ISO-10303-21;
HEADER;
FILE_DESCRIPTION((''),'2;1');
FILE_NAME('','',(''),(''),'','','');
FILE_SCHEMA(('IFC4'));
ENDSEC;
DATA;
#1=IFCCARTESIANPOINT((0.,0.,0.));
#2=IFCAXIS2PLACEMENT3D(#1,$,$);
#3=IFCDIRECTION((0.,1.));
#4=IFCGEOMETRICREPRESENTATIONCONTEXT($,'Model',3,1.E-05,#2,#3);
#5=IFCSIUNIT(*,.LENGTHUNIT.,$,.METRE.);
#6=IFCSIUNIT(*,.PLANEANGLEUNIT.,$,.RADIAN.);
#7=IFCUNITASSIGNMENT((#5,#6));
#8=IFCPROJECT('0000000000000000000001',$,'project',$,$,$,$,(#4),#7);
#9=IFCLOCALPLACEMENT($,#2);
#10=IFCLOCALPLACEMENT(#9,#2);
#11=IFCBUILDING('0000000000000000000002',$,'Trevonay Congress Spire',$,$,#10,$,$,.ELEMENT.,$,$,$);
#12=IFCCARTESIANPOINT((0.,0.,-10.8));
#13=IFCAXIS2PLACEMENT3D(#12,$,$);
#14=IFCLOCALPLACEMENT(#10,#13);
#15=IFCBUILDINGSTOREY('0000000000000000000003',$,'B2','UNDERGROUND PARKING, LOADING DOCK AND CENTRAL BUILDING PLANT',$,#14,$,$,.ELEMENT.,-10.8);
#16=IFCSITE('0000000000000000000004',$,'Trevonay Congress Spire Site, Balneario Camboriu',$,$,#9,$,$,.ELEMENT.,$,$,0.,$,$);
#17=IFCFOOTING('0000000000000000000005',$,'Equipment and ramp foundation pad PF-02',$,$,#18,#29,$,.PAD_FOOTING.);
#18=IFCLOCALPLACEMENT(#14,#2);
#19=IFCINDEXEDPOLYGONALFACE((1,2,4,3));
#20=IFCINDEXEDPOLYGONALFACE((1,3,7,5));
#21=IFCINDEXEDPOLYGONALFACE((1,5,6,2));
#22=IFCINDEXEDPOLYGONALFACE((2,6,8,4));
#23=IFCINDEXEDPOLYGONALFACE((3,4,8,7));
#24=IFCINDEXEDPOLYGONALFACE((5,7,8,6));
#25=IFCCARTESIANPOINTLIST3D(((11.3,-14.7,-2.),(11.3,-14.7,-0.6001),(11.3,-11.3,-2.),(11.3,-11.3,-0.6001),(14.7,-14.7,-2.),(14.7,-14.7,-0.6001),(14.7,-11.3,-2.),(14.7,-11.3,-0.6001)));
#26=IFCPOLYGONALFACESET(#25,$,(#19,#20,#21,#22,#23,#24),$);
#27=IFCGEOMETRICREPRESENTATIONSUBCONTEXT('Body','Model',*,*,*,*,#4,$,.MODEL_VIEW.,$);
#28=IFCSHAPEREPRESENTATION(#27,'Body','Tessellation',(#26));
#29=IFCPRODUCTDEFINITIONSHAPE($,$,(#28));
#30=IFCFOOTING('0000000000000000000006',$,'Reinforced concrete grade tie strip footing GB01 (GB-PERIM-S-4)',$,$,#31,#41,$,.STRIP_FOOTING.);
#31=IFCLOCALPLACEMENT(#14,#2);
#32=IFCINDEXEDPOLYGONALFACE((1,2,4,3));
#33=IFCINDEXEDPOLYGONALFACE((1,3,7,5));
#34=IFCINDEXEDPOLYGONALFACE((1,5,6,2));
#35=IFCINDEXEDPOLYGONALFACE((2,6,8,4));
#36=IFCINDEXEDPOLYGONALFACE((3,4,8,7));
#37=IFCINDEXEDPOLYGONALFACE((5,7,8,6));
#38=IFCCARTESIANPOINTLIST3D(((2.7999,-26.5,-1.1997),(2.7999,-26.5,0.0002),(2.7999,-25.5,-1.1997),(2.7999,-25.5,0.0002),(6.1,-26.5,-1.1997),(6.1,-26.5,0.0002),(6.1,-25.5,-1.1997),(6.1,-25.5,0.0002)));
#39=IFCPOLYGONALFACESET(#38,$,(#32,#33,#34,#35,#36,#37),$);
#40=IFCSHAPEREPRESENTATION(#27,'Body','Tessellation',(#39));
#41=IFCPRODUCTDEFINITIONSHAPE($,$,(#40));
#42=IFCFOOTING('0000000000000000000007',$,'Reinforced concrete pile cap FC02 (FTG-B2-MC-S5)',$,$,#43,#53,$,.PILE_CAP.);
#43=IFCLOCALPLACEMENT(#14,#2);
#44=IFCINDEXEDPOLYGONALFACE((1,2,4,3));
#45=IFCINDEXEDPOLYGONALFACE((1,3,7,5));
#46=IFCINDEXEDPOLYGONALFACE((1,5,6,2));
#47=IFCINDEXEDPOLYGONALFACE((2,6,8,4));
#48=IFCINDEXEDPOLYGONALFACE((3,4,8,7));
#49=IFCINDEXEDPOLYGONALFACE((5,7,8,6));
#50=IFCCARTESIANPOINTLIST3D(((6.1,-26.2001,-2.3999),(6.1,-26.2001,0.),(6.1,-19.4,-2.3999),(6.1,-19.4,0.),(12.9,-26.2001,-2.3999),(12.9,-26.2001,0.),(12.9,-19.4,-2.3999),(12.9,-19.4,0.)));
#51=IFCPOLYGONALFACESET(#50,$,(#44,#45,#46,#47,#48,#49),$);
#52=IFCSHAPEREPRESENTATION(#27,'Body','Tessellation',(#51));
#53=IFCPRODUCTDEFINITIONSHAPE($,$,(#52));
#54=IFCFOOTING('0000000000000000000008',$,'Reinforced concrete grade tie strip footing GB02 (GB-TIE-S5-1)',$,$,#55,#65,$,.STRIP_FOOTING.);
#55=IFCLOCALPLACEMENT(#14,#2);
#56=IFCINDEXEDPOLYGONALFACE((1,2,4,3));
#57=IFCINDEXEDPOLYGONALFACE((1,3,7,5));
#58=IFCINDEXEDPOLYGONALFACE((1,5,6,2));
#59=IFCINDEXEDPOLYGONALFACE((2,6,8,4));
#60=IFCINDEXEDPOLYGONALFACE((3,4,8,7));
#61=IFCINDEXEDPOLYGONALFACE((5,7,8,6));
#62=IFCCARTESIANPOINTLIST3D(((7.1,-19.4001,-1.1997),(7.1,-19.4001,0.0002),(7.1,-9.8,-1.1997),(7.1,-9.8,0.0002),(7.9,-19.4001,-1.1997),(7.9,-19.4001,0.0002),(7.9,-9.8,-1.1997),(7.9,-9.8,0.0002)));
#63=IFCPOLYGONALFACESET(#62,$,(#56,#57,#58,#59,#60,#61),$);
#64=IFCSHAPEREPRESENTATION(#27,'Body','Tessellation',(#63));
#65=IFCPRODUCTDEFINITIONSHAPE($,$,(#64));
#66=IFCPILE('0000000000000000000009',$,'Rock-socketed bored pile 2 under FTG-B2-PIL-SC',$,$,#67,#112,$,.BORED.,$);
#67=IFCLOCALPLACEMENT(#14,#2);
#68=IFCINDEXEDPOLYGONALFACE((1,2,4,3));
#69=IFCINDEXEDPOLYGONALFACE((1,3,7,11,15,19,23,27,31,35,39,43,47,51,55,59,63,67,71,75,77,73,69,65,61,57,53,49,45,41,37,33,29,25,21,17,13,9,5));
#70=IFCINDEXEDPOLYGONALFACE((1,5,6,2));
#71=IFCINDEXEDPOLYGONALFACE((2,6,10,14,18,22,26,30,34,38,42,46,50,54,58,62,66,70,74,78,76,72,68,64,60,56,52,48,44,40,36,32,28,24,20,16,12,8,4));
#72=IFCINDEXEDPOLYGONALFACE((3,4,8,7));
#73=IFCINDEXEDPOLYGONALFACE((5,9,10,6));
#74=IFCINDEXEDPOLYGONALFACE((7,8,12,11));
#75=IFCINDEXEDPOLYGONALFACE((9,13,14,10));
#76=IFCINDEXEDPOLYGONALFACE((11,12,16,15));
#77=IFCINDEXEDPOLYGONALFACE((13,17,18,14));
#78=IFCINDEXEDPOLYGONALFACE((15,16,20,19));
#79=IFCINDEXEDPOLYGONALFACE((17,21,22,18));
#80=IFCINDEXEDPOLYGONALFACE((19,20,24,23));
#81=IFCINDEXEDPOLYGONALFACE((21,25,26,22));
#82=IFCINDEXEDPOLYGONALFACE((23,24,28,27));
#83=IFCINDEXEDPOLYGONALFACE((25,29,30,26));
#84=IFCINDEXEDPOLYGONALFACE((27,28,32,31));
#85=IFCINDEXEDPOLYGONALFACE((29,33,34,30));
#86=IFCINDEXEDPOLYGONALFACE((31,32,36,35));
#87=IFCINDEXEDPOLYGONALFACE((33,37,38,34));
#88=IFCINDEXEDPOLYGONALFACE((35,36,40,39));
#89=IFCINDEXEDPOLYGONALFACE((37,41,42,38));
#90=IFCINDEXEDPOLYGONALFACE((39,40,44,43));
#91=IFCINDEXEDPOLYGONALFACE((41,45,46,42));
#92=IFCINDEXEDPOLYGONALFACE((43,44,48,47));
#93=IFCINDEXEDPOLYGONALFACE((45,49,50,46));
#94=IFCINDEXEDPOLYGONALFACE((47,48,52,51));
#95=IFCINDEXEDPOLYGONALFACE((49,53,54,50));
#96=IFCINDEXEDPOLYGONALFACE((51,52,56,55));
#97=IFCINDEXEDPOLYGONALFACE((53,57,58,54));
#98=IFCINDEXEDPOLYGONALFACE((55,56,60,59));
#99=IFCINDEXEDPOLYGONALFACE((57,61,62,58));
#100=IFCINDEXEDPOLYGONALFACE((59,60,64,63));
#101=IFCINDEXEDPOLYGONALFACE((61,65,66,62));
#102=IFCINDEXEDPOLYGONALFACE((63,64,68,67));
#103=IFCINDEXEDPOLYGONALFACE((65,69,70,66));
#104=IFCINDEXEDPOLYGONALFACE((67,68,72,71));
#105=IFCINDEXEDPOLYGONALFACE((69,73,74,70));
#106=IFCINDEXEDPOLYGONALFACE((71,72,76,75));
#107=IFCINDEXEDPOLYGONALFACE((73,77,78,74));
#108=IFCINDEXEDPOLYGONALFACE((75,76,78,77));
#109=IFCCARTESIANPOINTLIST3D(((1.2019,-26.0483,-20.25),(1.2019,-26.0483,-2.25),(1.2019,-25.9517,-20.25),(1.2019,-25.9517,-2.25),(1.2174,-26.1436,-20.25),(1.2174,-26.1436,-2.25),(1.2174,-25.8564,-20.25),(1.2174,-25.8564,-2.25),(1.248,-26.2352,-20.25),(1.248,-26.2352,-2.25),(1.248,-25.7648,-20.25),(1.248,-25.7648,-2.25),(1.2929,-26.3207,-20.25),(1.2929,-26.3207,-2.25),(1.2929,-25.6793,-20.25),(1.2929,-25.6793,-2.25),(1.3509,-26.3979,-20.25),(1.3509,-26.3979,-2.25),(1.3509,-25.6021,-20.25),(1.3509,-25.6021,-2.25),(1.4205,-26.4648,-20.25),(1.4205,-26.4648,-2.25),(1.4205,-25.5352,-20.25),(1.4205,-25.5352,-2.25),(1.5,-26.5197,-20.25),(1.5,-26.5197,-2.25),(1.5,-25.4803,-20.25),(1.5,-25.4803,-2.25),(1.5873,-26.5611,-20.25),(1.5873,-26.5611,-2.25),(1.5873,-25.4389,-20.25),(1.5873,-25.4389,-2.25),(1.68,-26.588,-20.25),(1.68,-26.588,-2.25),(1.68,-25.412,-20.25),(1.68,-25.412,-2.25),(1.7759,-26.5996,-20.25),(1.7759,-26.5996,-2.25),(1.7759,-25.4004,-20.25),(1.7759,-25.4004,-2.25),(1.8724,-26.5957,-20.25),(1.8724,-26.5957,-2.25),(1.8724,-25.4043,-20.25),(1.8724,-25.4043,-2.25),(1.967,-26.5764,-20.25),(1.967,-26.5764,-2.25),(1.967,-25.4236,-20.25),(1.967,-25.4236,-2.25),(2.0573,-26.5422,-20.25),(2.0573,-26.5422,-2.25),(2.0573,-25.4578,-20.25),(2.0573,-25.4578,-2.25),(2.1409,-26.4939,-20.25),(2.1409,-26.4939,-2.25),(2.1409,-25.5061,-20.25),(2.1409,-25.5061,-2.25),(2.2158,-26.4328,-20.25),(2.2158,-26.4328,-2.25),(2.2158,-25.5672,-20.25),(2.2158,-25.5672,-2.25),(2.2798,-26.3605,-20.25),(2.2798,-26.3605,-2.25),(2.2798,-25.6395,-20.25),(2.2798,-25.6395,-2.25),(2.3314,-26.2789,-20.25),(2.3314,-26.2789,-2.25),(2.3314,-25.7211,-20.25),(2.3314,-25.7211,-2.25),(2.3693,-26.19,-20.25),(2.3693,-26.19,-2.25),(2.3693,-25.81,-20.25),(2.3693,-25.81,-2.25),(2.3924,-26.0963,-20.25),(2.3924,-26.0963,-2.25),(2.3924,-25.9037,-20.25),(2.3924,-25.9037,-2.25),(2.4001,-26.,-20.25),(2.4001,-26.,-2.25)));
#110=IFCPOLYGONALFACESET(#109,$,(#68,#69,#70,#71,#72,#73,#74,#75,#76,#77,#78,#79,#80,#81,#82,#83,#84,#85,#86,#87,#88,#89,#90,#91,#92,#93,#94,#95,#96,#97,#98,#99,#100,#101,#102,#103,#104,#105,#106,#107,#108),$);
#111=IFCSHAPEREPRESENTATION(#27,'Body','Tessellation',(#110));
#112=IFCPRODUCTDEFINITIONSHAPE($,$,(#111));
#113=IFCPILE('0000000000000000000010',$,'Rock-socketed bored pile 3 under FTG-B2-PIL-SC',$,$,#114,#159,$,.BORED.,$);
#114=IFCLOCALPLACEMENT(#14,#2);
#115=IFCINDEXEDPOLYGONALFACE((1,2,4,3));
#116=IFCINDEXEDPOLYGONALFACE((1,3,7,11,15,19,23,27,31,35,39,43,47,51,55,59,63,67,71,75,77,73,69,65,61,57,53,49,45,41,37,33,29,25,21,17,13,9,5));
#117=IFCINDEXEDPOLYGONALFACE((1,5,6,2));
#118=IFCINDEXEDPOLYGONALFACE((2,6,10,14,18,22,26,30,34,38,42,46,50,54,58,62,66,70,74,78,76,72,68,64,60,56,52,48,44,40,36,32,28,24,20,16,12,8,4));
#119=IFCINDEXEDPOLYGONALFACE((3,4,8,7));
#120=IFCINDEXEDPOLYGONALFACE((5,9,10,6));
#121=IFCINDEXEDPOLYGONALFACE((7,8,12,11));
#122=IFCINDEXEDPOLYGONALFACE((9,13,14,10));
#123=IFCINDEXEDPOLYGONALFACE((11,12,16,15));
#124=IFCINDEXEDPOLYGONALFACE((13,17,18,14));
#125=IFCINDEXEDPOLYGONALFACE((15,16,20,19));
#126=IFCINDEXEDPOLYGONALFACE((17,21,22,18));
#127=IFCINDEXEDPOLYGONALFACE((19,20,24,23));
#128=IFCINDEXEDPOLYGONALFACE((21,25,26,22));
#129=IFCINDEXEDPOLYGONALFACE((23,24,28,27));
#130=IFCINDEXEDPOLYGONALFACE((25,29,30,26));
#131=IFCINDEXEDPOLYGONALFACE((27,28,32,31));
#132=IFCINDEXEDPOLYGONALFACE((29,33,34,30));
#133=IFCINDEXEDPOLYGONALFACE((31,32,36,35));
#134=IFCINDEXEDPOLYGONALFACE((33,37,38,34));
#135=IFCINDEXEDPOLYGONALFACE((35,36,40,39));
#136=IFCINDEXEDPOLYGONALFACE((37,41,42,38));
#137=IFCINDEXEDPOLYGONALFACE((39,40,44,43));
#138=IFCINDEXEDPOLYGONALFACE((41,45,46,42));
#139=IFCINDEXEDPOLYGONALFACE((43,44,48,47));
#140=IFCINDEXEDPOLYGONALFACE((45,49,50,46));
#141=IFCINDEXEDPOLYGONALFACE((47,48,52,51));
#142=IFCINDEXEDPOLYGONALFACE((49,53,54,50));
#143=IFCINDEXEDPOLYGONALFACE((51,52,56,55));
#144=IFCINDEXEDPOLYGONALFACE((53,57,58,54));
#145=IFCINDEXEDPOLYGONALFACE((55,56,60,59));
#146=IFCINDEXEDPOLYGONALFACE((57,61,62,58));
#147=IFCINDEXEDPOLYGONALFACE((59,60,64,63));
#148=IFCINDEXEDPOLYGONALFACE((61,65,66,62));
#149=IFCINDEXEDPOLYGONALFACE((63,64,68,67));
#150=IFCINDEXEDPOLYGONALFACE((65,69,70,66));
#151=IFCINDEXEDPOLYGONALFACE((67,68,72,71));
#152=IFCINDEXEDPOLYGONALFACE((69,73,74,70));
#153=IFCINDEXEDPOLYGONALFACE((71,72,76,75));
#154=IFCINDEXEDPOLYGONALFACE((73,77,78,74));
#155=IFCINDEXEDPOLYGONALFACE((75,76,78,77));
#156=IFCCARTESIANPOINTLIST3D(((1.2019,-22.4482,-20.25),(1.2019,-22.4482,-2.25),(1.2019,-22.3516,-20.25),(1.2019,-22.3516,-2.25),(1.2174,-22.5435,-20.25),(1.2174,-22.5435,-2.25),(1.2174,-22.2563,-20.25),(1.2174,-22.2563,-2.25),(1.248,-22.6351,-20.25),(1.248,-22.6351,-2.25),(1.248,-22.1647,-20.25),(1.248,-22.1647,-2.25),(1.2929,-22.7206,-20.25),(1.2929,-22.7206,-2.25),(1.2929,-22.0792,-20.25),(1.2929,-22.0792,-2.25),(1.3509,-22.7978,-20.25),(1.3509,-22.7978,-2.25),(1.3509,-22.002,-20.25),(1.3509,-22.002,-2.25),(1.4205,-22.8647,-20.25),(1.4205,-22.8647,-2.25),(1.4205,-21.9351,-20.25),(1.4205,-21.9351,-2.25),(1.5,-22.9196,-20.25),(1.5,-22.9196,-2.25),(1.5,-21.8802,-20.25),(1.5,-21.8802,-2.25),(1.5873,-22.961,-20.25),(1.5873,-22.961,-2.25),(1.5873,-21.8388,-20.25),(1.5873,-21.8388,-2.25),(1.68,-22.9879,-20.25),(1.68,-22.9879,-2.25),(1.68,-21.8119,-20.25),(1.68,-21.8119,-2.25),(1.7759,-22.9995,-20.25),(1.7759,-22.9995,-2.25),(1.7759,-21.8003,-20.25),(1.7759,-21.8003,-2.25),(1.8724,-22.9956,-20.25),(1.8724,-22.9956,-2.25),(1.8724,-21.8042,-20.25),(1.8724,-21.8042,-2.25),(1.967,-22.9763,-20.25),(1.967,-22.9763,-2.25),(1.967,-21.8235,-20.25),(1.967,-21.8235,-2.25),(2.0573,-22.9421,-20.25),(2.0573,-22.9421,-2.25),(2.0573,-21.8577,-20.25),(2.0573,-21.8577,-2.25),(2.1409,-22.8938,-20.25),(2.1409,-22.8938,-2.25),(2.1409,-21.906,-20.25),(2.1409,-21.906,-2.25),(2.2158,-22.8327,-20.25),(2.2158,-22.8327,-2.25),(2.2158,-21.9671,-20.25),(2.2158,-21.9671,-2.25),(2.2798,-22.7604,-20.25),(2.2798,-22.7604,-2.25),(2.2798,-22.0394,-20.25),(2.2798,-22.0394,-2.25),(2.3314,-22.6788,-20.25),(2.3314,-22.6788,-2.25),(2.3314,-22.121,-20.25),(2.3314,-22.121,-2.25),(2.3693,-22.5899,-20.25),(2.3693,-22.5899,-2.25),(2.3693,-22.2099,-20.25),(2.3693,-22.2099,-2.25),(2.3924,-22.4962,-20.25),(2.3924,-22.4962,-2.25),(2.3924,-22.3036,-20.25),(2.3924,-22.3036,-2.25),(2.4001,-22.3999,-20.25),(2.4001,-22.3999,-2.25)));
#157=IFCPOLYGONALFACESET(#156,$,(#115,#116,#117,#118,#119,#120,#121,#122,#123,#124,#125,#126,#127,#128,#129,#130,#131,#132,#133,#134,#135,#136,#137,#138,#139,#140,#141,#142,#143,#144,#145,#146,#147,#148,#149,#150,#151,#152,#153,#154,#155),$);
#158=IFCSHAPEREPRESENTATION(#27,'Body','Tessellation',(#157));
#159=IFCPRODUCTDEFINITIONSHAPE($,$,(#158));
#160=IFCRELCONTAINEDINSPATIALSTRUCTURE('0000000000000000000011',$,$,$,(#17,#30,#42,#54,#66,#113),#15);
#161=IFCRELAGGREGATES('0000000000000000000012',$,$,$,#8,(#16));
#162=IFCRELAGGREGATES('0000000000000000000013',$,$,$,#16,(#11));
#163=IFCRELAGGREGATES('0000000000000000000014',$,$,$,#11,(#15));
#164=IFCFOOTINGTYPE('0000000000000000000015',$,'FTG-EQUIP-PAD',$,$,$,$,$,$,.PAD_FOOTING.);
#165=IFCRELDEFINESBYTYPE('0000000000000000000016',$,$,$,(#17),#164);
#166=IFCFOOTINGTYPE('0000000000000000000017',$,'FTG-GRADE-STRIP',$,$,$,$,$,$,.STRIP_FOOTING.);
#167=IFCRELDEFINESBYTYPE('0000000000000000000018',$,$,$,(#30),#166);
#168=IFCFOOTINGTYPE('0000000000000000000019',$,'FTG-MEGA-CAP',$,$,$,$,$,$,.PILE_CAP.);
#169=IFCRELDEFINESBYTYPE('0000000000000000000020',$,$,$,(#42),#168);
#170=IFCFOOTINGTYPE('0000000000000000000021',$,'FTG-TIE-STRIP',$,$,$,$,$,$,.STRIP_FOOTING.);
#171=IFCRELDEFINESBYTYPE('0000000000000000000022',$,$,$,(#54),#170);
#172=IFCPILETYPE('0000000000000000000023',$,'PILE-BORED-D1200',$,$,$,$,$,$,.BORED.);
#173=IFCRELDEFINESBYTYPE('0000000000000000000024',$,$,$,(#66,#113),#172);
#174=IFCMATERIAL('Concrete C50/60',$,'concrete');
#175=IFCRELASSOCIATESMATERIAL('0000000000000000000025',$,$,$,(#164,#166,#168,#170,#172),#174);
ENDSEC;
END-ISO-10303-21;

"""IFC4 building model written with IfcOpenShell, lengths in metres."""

from ifc_helpers import new_model, si_unit, direction, frame, origin, origin_2d, place, context, subcontext, project, spatial, rectangle, circle, extrude, material, material_profile, profile_set, type_object, element, save


model = new_model("IFC4")

# Units and contexts
model_context = context("Model", 3, precision=1e-05, world=origin(), true_north=direction((0.0, 1.0)))
body_context = subcontext(model_context, "Body", "Model", "MODEL_VIEW")
ifc_project = project(units=[si_unit("LENGTHUNIT", "METRE"), si_unit("PLANEANGLEUNIT", "RADIAN")], contexts=[model_context])

# Site, building, storey
site_placement = place(None, origin())
site = spatial("IfcSite", under=ifc_project, at=site_placement, Name="Trevonay Congress Spire Site, Balneario Camboriu", CompositionType="ELEMENT", RefElevation=0.0)
building_placement = place(site_placement, origin())
building = spatial("IfcBuilding", under=site, at=building_placement, Name="Trevonay Congress Spire", CompositionType="ELEMENT")
storey_placement = place(building_placement, frame((0.0, 0.0, -10.8)))
storey = spatial("IfcBuildingStorey", under=building, at=storey_placement, Name="B2", Description="UNDERGROUND PARKING, LOADING DOCK AND CENTRAL BUILDING PLANT", CompositionType="ELEMENT", Elevation=-10.8)

# Footings
ifc_material_1 = material(Name="Concrete C50/60", Category="concrete")
footing_type_1 = type_object("IfcFootingType", Name="FTG-EQUIP-PAD", PredefinedType="PAD_FOOTING", material=ifc_material_1)
footing_1_placement = place(storey_placement, frame((13.0, -13.0, -2.0), z_axis=(0.0, 0.0, 1.0), x_axis=(1.0, 0.0, 0.0)))
element("IfcFooting", 1, at=footing_1_placement, inside=storey, type_object=footing_type_1, Name="Equipment and ramp foundation pad PF-02", PredefinedType="PAD_FOOTING", context=body_context, shape_type="SweptSolid", body=[
    extrude(rectangle(XDim=3.3999, YDim=3.3999, at=origin_2d()), origin(), (0.0, 0.0, 1.0), 1.3999),
])
footing_type_2 = type_object("IfcFootingType", Name="FTG-GRADE-STRIP", PredefinedType="STRIP_FOOTING", material=ifc_material_1)
footing_2_placement = place(storey_placement, frame((4.45, -26.0, -1.1997), z_axis=(0.0, 0.0, 1.0), x_axis=(1.0, 0.0, 0.0)))
element("IfcFooting", 2, at=footing_2_placement, inside=storey, type_object=footing_type_2, Name="Reinforced concrete grade tie strip footing GB01 (GB-PERIM-S-4)", PredefinedType="STRIP_FOOTING", context=body_context, shape_type="SweptSolid", body=[
    extrude(rectangle(XDim=3.3, YDim=1.0, at=origin_2d()), origin(), (0.0, 0.0, 1.0), 1.2),
])
footing_type_3 = type_object("IfcFootingType", Name="FTG-MEGA-CAP", PredefinedType="PILE_CAP", material=ifc_material_1)
footing_3_placement = place(storey_placement, frame((9.5, -22.8, -2.3999), z_axis=(0.0, 0.0, 1.0), x_axis=(1.0, 0.0, 0.0)))
element("IfcFooting", 3, at=footing_3_placement, inside=storey, type_object=footing_type_3, Name="Reinforced concrete pile cap FC02 (FTG-B2-MC-S5)", PredefinedType="PILE_CAP", context=body_context, shape_type="SweptSolid", body=[
    extrude(rectangle(XDim=6.8, YDim=6.8, at=origin_2d()), origin(), (0.0, 0.0, 1.0), 2.3999),
])
footing_type_4 = type_object("IfcFootingType", Name="FTG-TIE-STRIP", PredefinedType="STRIP_FOOTING", material=ifc_material_1)
footing_4_placement = place(storey_placement, frame((7.5, -14.6001, -1.1997), z_axis=(0.0, 0.0, 1.0), x_axis=(0.0, 1.0, 0.0)))
element("IfcFooting", 4, at=footing_4_placement, inside=storey, type_object=footing_type_4, Name="Reinforced concrete grade tie strip footing GB02 (GB-TIE-S5-1)", PredefinedType="STRIP_FOOTING", context=body_context, shape_type="SweptSolid", body=[
    extrude(rectangle(XDim=9.6001, YDim=0.8, at=origin_2d()), origin(), (0.0, 0.0, 1.0), 1.2),
])

# Piles
ifc_material_profile_1 = material_profile(ifc_material_1, circle(Radius=0.6001, at=origin_2d()), Name="PILE D1200")
ifc_profile_set_1 = profile_set([ifc_material_profile_1], Name="Concrete C50/60")
pile_type_1 = type_object("IfcPileType", Name="PILE-BORED-D1200", PredefinedType="BORED", material=ifc_profile_set_1)
for number, where, z_axis, x_axis, name in (
    (5, (1.8, -26.0, -2.25), (0.0, 0.0, -1.0), (1.0, 0.0, 0.0), "Rock-socketed bored pile 2 under FTG-B2-PIL-SC"),
    (6, (1.8, -22.3999, -2.25), (0.0, 0.0, -1.0), (1.0, 0.0, 0.0), "Rock-socketed bored pile 3 under FTG-B2-PIL-SC"),
):
    element("IfcPile", number, at=place(storey_placement, frame(where, z_axis=z_axis, x_axis=x_axis)), inside=storey, type_object=pile_type_1, Name=name, PredefinedType="BORED", context=body_context, shape_type="SweptSolid", body=[
        extrude(circle(Radius=0.6001, at=origin_2d()), origin(), (0.0, 0.0, 1.0), 18.0),
    ])

save(model, "model.ifc")
